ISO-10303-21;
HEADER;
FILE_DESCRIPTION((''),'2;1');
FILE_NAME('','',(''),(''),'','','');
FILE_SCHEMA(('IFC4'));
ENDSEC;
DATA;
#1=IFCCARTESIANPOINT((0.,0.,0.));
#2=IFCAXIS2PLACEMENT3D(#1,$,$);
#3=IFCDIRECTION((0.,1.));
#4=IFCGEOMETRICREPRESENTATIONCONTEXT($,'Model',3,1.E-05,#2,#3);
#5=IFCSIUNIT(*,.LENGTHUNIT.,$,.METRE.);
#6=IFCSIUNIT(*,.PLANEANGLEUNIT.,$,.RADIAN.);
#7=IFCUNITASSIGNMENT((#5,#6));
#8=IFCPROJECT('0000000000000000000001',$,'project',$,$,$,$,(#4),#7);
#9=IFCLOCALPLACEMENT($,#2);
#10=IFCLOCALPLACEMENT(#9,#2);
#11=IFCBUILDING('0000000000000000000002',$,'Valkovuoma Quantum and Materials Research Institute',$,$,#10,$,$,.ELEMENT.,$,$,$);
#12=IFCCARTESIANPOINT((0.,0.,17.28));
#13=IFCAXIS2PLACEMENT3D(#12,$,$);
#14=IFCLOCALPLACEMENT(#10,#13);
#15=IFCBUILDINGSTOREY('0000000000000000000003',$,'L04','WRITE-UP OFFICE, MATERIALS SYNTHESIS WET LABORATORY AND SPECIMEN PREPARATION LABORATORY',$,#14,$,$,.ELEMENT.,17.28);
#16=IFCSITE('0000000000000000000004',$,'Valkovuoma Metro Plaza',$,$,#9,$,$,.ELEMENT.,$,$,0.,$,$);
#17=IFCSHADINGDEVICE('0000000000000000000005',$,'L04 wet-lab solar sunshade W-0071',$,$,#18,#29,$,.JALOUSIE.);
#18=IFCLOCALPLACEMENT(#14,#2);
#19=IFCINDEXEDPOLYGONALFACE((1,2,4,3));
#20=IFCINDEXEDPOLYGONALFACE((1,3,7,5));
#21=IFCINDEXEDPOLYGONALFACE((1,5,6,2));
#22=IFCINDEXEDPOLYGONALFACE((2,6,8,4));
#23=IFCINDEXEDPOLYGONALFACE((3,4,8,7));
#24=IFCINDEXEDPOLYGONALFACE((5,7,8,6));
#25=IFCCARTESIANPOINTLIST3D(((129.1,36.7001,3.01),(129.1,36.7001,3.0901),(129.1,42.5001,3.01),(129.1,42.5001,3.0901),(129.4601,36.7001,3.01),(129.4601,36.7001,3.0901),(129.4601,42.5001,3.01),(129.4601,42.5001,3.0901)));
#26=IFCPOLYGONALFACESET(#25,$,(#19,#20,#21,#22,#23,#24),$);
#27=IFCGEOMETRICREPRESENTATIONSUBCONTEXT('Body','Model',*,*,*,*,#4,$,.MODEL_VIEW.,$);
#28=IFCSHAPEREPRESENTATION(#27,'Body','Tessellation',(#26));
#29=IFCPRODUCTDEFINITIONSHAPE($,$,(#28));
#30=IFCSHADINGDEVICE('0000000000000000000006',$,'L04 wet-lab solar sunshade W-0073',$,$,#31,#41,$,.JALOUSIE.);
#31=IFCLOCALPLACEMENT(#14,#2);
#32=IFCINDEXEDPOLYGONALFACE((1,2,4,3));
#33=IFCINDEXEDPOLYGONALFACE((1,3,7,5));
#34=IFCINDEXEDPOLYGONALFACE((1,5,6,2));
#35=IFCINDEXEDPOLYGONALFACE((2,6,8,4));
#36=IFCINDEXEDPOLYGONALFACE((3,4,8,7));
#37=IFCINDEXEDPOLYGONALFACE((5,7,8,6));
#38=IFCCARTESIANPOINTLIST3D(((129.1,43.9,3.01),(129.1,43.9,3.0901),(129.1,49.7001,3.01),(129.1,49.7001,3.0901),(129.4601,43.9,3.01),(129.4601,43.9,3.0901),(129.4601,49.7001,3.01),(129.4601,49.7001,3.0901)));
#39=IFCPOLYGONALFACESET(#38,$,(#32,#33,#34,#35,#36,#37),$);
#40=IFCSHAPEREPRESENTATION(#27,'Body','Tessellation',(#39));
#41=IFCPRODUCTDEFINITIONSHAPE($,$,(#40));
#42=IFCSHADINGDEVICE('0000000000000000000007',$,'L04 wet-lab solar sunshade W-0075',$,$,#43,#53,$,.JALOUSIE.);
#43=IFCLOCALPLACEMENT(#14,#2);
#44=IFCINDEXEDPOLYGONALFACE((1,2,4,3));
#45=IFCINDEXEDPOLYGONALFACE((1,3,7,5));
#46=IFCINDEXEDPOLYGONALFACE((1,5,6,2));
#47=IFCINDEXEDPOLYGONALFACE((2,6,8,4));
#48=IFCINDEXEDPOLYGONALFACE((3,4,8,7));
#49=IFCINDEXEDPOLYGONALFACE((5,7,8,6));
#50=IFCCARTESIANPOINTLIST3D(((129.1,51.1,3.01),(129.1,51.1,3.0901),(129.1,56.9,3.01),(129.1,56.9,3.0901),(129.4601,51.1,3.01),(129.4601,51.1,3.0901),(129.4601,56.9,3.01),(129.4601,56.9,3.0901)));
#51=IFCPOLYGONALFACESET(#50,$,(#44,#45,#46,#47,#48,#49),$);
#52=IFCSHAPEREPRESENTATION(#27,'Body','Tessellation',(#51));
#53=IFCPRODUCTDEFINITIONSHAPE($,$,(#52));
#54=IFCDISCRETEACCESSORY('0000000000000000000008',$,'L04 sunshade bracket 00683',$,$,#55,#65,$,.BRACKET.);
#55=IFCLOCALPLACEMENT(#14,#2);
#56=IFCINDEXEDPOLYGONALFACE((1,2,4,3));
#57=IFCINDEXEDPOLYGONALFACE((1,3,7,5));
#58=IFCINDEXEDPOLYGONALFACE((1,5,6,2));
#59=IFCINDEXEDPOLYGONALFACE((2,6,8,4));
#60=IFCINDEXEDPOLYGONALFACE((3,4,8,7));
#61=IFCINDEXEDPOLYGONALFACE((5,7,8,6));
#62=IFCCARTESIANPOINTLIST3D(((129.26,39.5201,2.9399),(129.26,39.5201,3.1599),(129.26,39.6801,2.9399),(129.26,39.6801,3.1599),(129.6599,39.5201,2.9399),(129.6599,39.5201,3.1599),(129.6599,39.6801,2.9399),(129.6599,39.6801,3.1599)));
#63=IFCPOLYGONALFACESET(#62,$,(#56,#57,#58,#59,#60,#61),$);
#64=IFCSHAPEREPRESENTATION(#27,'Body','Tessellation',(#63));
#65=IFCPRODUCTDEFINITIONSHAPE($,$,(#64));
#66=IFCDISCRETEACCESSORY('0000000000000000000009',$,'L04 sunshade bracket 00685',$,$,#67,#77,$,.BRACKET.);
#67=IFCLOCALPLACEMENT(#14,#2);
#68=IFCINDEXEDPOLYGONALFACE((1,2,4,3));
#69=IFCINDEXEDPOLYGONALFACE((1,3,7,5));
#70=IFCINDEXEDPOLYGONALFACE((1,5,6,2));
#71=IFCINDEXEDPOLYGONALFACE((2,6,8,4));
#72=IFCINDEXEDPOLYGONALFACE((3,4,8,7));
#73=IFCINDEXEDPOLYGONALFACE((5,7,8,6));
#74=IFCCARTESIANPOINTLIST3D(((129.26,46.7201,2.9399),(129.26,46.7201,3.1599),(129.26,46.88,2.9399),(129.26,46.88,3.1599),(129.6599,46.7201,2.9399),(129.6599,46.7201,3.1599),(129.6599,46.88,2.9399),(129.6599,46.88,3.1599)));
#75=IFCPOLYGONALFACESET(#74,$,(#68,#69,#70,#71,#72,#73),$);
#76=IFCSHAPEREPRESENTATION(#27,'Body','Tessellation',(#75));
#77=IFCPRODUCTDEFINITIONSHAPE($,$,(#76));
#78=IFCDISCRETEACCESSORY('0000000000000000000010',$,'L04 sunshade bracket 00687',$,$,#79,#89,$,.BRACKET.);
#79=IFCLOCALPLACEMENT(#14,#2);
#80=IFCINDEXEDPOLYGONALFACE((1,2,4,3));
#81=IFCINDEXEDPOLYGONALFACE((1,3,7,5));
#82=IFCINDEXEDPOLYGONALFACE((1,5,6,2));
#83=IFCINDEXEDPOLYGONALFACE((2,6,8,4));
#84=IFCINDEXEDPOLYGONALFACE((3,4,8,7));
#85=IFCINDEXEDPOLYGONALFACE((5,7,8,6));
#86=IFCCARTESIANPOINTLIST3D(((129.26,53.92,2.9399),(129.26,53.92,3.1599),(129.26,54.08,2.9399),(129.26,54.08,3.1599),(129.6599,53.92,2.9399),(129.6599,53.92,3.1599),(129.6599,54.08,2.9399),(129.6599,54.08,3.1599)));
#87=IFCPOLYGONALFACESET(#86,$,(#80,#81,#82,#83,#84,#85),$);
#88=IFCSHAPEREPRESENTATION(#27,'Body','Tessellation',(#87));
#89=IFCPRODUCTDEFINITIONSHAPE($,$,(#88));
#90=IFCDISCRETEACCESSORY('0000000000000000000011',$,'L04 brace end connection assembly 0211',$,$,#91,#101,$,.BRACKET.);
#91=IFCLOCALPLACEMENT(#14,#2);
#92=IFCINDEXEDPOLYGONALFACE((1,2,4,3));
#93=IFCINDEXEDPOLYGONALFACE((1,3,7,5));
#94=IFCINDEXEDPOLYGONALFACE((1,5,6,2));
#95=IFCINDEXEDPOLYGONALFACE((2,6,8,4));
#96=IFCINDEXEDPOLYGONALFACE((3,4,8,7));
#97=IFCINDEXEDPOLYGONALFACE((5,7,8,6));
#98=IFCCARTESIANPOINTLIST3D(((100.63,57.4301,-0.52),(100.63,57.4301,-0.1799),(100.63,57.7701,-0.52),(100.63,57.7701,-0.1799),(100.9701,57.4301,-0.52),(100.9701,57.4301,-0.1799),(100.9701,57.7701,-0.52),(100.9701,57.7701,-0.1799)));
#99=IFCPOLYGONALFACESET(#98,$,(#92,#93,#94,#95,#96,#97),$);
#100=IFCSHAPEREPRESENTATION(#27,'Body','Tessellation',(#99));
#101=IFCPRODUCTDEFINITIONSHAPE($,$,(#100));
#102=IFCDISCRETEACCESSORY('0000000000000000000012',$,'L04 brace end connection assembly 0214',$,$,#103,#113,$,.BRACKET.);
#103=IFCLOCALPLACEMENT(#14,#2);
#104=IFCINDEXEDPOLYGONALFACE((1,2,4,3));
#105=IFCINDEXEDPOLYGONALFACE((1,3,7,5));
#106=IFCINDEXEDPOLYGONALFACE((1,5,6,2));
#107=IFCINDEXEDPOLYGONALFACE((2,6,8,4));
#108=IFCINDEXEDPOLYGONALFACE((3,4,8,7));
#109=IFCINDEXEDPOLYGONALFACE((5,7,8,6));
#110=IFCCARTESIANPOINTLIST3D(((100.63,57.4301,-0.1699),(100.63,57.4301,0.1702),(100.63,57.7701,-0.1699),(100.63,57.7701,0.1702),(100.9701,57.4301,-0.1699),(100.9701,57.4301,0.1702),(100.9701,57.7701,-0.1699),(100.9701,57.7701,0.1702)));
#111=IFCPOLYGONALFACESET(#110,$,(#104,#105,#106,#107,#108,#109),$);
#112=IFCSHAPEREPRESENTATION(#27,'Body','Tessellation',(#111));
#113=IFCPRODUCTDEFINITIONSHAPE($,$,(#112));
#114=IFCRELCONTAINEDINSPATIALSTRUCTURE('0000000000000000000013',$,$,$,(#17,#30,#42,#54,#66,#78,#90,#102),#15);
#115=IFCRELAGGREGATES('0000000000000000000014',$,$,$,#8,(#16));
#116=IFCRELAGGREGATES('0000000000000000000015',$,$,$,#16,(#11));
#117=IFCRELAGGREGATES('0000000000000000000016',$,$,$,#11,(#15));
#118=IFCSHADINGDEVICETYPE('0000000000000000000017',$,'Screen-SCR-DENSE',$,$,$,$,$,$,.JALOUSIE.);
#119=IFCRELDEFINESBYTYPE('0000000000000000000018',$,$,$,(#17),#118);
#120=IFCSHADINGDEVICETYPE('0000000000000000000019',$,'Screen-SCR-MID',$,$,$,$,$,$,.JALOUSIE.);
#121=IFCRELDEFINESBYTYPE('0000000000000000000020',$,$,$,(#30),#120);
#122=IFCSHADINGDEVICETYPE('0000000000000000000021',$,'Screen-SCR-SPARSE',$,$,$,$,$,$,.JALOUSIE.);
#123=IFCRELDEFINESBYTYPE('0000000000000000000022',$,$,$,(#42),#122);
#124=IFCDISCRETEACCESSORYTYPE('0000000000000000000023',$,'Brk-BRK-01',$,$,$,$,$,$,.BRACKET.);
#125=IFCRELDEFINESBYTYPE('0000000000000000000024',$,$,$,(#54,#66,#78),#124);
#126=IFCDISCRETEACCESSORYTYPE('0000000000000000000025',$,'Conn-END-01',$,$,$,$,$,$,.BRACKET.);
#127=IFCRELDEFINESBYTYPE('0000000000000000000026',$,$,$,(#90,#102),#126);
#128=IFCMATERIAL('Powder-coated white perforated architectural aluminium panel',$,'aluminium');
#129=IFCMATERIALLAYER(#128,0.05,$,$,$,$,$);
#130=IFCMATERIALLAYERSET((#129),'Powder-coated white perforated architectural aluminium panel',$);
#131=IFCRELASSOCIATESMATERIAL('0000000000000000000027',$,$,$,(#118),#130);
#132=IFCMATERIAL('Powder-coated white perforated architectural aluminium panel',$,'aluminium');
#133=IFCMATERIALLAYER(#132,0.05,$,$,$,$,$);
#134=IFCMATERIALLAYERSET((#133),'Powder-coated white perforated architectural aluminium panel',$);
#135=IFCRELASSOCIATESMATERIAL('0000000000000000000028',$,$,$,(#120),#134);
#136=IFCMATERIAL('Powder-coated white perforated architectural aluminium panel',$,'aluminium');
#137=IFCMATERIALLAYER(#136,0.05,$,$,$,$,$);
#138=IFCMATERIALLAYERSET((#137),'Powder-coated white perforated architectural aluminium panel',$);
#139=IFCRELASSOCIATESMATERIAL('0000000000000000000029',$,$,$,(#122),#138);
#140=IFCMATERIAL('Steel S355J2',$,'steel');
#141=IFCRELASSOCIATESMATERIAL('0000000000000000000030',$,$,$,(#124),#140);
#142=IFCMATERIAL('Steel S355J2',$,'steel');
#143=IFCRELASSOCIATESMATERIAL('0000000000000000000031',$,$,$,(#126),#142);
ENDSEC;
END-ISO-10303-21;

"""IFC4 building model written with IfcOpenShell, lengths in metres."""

from ifc_helpers import new_model, si_unit, direction, frame, origin, origin_2d, place, context, subcontext, project, spatial, rectangle, extrude, material, layer, layer_set, type_object, element, save


model = new_model("IFC4")

# Units and contexts
model_context = context("Model", 3, precision=1e-05, world=origin(), true_north=direction((0.0, 1.0)))
body_context = subcontext(model_context, "Body", "Model", "MODEL_VIEW")
ifc_project = project(units=[si_unit("LENGTHUNIT", "METRE"), si_unit("PLANEANGLEUNIT", "RADIAN")], contexts=[model_context])

# Site, building, storey
site_placement = place(None, origin())
site = spatial("IfcSite", under=ifc_project, at=site_placement, Name="Valkovuoma Metro Plaza", CompositionType="ELEMENT", RefElevation=0.0)
building_placement = place(site_placement, origin())
building = spatial("IfcBuilding", under=site, at=building_placement, Name="Valkovuoma Quantum and Materials Research Institute", CompositionType="ELEMENT")
storey_placement = place(building_placement, frame((0.0, 0.0, 17.28)))
storey = spatial("IfcBuildingStorey", under=building, at=storey_placement, Name="L04", Description="WRITE-UP OFFICE, MATERIALS SYNTHESIS WET LABORATORY AND SPECIMEN PREPARATION LABORATORY", CompositionType="ELEMENT", Elevation=17.28)

# Shading devices
ifc_material_1 = material(Name="Powder-coated white perforated architectural aluminium panel", Category="aluminium")
ifc_layer_1 = layer(ifc_material_1, 0.05)
ifc_layer_set_1 = layer_set([ifc_layer_1], Name="Powder-coated white perforated architectural aluminium panel")
shading_device_type_1 = type_object("IfcShadingDeviceType", Name="Screen-SCR-DENSE", PredefinedType="JALOUSIE", material=ifc_layer_set_1)
shading_device_1_placement = place(storey_placement, frame((129.28, 39.6001, 3.01), z_axis=(0.0, 0.0, 1.0), x_axis=(1.0, 0.0, 0.0)))
element("IfcShadingDevice", 1, at=shading_device_1_placement, inside=storey, type_object=shading_device_type_1, Name="L04 wet-lab solar sunshade W-0071", PredefinedType="JALOUSIE", context=body_context, shape_type="SweptSolid", body=[
    extrude(rectangle(XDim=0.3601, YDim=5.8, at=origin_2d()), origin(), (0.0, 0.0, 1.0), 0.0801),
])
ifc_material_2 = material(Name="Powder-coated white perforated architectural aluminium panel", Category="aluminium")
ifc_layer_2 = layer(ifc_material_2, 0.05)
ifc_layer_set_2 = layer_set([ifc_layer_2], Name="Powder-coated white perforated architectural aluminium panel")
shading_device_type_2 = type_object("IfcShadingDeviceType", Name="Screen-SCR-MID", PredefinedType="JALOUSIE", material=ifc_layer_set_2)
shading_device_2_placement = place(storey_placement, frame((129.28, 46.8, 3.01), z_axis=(0.0, 0.0, 1.0), x_axis=(1.0, 0.0, 0.0)))
element("IfcShadingDevice", 2, at=shading_device_2_placement, inside=storey, type_object=shading_device_type_2, Name="L04 wet-lab solar sunshade W-0073", PredefinedType="JALOUSIE", context=body_context, shape_type="SweptSolid", body=[
    extrude(rectangle(XDim=0.3601, YDim=5.8, at=origin_2d()), origin(), (0.0, 0.0, 1.0), 0.0801),
])
ifc_material_3 = material(Name="Powder-coated white perforated architectural aluminium panel", Category="aluminium")
ifc_layer_3 = layer(ifc_material_3, 0.05)
ifc_layer_set_3 = layer_set([ifc_layer_3], Name="Powder-coated white perforated architectural aluminium panel")
shading_device_type_3 = type_object("IfcShadingDeviceType", Name="Screen-SCR-SPARSE", PredefinedType="JALOUSIE", material=ifc_layer_set_3)
shading_device_3_placement = place(storey_placement, frame((129.28, 54.0, 3.01), z_axis=(0.0, 0.0, 1.0), x_axis=(1.0, 0.0, 0.0)))
element("IfcShadingDevice", 3, at=shading_device_3_placement, inside=storey, type_object=shading_device_type_3, Name="L04 wet-lab solar sunshade W-0075", PredefinedType="JALOUSIE", context=body_context, shape_type="SweptSolid", body=[
    extrude(rectangle(XDim=0.3601, YDim=5.8, at=origin_2d()), origin(), (0.0, 0.0, 1.0), 0.0801),
])

# Discrete accessories
ifc_material_4 = material(Name="Steel S355J2", Category="steel")
discrete_accessory_type_1 = type_object("IfcDiscreteAccessoryType", Name="Brk-BRK-01", PredefinedType="BRACKET", material=ifc_material_4)
for number, where, z_axis, x_axis, name in (
    (4, (129.46, 39.6001, 2.9399), (0.0, 0.0, 1.0), (1.0, 0.0, 0.0), "L04 sunshade bracket 00683"),
    (5, (129.46, 46.8, 2.9399), (0.0, 0.0, 1.0), (1.0, 0.0, 0.0), "L04 sunshade bracket 00685"),
    (6, (129.46, 54.0, 2.9399), (0.0, 0.0, 1.0), (1.0, 0.0, 0.0), "L04 sunshade bracket 00687"),
):
    element("IfcDiscreteAccessory", number, at=place(storey_placement, frame(where, z_axis=z_axis, x_axis=x_axis)), inside=storey, type_object=discrete_accessory_type_1, Name=name, PredefinedType="BRACKET", context=body_context, shape_type="SweptSolid", body=[
        extrude(rectangle(XDim=0.3999, YDim=0.1599, at=origin_2d()), origin(), (0.0, 0.0, 1.0), 0.22),
    ])
ifc_material_5 = material(Name="Steel S355J2", Category="steel")
discrete_accessory_type_2 = type_object("IfcDiscreteAccessoryType", Name="Conn-END-01", PredefinedType="BRACKET", material=ifc_material_5)
for number, where, z_axis, x_axis, name in (
    (7, (100.8, 57.6001, -0.52), (0.0, 0.0, 1.0), (1.0, 0.0, 0.0), "L04 brace end connection assembly 0211"),
    (8, (100.8, 57.6001, -0.1699), (0.0, 0.0, 1.0), (1.0, 0.0, 0.0), "L04 brace end connection assembly 0214"),
):
    element("IfcDiscreteAccessory", number, at=place(storey_placement, frame(where, z_axis=z_axis, x_axis=x_axis)), inside=storey, type_object=discrete_accessory_type_2, Name=name, PredefinedType="BRACKET", context=body_context, shape_type="SweptSolid", body=[
        extrude(rectangle(XDim=0.3401, YDim=0.3401, at=origin_2d()), origin(), (0.0, 0.0, 1.0), 0.3401),
    ])

save(model, "model.ifc")
